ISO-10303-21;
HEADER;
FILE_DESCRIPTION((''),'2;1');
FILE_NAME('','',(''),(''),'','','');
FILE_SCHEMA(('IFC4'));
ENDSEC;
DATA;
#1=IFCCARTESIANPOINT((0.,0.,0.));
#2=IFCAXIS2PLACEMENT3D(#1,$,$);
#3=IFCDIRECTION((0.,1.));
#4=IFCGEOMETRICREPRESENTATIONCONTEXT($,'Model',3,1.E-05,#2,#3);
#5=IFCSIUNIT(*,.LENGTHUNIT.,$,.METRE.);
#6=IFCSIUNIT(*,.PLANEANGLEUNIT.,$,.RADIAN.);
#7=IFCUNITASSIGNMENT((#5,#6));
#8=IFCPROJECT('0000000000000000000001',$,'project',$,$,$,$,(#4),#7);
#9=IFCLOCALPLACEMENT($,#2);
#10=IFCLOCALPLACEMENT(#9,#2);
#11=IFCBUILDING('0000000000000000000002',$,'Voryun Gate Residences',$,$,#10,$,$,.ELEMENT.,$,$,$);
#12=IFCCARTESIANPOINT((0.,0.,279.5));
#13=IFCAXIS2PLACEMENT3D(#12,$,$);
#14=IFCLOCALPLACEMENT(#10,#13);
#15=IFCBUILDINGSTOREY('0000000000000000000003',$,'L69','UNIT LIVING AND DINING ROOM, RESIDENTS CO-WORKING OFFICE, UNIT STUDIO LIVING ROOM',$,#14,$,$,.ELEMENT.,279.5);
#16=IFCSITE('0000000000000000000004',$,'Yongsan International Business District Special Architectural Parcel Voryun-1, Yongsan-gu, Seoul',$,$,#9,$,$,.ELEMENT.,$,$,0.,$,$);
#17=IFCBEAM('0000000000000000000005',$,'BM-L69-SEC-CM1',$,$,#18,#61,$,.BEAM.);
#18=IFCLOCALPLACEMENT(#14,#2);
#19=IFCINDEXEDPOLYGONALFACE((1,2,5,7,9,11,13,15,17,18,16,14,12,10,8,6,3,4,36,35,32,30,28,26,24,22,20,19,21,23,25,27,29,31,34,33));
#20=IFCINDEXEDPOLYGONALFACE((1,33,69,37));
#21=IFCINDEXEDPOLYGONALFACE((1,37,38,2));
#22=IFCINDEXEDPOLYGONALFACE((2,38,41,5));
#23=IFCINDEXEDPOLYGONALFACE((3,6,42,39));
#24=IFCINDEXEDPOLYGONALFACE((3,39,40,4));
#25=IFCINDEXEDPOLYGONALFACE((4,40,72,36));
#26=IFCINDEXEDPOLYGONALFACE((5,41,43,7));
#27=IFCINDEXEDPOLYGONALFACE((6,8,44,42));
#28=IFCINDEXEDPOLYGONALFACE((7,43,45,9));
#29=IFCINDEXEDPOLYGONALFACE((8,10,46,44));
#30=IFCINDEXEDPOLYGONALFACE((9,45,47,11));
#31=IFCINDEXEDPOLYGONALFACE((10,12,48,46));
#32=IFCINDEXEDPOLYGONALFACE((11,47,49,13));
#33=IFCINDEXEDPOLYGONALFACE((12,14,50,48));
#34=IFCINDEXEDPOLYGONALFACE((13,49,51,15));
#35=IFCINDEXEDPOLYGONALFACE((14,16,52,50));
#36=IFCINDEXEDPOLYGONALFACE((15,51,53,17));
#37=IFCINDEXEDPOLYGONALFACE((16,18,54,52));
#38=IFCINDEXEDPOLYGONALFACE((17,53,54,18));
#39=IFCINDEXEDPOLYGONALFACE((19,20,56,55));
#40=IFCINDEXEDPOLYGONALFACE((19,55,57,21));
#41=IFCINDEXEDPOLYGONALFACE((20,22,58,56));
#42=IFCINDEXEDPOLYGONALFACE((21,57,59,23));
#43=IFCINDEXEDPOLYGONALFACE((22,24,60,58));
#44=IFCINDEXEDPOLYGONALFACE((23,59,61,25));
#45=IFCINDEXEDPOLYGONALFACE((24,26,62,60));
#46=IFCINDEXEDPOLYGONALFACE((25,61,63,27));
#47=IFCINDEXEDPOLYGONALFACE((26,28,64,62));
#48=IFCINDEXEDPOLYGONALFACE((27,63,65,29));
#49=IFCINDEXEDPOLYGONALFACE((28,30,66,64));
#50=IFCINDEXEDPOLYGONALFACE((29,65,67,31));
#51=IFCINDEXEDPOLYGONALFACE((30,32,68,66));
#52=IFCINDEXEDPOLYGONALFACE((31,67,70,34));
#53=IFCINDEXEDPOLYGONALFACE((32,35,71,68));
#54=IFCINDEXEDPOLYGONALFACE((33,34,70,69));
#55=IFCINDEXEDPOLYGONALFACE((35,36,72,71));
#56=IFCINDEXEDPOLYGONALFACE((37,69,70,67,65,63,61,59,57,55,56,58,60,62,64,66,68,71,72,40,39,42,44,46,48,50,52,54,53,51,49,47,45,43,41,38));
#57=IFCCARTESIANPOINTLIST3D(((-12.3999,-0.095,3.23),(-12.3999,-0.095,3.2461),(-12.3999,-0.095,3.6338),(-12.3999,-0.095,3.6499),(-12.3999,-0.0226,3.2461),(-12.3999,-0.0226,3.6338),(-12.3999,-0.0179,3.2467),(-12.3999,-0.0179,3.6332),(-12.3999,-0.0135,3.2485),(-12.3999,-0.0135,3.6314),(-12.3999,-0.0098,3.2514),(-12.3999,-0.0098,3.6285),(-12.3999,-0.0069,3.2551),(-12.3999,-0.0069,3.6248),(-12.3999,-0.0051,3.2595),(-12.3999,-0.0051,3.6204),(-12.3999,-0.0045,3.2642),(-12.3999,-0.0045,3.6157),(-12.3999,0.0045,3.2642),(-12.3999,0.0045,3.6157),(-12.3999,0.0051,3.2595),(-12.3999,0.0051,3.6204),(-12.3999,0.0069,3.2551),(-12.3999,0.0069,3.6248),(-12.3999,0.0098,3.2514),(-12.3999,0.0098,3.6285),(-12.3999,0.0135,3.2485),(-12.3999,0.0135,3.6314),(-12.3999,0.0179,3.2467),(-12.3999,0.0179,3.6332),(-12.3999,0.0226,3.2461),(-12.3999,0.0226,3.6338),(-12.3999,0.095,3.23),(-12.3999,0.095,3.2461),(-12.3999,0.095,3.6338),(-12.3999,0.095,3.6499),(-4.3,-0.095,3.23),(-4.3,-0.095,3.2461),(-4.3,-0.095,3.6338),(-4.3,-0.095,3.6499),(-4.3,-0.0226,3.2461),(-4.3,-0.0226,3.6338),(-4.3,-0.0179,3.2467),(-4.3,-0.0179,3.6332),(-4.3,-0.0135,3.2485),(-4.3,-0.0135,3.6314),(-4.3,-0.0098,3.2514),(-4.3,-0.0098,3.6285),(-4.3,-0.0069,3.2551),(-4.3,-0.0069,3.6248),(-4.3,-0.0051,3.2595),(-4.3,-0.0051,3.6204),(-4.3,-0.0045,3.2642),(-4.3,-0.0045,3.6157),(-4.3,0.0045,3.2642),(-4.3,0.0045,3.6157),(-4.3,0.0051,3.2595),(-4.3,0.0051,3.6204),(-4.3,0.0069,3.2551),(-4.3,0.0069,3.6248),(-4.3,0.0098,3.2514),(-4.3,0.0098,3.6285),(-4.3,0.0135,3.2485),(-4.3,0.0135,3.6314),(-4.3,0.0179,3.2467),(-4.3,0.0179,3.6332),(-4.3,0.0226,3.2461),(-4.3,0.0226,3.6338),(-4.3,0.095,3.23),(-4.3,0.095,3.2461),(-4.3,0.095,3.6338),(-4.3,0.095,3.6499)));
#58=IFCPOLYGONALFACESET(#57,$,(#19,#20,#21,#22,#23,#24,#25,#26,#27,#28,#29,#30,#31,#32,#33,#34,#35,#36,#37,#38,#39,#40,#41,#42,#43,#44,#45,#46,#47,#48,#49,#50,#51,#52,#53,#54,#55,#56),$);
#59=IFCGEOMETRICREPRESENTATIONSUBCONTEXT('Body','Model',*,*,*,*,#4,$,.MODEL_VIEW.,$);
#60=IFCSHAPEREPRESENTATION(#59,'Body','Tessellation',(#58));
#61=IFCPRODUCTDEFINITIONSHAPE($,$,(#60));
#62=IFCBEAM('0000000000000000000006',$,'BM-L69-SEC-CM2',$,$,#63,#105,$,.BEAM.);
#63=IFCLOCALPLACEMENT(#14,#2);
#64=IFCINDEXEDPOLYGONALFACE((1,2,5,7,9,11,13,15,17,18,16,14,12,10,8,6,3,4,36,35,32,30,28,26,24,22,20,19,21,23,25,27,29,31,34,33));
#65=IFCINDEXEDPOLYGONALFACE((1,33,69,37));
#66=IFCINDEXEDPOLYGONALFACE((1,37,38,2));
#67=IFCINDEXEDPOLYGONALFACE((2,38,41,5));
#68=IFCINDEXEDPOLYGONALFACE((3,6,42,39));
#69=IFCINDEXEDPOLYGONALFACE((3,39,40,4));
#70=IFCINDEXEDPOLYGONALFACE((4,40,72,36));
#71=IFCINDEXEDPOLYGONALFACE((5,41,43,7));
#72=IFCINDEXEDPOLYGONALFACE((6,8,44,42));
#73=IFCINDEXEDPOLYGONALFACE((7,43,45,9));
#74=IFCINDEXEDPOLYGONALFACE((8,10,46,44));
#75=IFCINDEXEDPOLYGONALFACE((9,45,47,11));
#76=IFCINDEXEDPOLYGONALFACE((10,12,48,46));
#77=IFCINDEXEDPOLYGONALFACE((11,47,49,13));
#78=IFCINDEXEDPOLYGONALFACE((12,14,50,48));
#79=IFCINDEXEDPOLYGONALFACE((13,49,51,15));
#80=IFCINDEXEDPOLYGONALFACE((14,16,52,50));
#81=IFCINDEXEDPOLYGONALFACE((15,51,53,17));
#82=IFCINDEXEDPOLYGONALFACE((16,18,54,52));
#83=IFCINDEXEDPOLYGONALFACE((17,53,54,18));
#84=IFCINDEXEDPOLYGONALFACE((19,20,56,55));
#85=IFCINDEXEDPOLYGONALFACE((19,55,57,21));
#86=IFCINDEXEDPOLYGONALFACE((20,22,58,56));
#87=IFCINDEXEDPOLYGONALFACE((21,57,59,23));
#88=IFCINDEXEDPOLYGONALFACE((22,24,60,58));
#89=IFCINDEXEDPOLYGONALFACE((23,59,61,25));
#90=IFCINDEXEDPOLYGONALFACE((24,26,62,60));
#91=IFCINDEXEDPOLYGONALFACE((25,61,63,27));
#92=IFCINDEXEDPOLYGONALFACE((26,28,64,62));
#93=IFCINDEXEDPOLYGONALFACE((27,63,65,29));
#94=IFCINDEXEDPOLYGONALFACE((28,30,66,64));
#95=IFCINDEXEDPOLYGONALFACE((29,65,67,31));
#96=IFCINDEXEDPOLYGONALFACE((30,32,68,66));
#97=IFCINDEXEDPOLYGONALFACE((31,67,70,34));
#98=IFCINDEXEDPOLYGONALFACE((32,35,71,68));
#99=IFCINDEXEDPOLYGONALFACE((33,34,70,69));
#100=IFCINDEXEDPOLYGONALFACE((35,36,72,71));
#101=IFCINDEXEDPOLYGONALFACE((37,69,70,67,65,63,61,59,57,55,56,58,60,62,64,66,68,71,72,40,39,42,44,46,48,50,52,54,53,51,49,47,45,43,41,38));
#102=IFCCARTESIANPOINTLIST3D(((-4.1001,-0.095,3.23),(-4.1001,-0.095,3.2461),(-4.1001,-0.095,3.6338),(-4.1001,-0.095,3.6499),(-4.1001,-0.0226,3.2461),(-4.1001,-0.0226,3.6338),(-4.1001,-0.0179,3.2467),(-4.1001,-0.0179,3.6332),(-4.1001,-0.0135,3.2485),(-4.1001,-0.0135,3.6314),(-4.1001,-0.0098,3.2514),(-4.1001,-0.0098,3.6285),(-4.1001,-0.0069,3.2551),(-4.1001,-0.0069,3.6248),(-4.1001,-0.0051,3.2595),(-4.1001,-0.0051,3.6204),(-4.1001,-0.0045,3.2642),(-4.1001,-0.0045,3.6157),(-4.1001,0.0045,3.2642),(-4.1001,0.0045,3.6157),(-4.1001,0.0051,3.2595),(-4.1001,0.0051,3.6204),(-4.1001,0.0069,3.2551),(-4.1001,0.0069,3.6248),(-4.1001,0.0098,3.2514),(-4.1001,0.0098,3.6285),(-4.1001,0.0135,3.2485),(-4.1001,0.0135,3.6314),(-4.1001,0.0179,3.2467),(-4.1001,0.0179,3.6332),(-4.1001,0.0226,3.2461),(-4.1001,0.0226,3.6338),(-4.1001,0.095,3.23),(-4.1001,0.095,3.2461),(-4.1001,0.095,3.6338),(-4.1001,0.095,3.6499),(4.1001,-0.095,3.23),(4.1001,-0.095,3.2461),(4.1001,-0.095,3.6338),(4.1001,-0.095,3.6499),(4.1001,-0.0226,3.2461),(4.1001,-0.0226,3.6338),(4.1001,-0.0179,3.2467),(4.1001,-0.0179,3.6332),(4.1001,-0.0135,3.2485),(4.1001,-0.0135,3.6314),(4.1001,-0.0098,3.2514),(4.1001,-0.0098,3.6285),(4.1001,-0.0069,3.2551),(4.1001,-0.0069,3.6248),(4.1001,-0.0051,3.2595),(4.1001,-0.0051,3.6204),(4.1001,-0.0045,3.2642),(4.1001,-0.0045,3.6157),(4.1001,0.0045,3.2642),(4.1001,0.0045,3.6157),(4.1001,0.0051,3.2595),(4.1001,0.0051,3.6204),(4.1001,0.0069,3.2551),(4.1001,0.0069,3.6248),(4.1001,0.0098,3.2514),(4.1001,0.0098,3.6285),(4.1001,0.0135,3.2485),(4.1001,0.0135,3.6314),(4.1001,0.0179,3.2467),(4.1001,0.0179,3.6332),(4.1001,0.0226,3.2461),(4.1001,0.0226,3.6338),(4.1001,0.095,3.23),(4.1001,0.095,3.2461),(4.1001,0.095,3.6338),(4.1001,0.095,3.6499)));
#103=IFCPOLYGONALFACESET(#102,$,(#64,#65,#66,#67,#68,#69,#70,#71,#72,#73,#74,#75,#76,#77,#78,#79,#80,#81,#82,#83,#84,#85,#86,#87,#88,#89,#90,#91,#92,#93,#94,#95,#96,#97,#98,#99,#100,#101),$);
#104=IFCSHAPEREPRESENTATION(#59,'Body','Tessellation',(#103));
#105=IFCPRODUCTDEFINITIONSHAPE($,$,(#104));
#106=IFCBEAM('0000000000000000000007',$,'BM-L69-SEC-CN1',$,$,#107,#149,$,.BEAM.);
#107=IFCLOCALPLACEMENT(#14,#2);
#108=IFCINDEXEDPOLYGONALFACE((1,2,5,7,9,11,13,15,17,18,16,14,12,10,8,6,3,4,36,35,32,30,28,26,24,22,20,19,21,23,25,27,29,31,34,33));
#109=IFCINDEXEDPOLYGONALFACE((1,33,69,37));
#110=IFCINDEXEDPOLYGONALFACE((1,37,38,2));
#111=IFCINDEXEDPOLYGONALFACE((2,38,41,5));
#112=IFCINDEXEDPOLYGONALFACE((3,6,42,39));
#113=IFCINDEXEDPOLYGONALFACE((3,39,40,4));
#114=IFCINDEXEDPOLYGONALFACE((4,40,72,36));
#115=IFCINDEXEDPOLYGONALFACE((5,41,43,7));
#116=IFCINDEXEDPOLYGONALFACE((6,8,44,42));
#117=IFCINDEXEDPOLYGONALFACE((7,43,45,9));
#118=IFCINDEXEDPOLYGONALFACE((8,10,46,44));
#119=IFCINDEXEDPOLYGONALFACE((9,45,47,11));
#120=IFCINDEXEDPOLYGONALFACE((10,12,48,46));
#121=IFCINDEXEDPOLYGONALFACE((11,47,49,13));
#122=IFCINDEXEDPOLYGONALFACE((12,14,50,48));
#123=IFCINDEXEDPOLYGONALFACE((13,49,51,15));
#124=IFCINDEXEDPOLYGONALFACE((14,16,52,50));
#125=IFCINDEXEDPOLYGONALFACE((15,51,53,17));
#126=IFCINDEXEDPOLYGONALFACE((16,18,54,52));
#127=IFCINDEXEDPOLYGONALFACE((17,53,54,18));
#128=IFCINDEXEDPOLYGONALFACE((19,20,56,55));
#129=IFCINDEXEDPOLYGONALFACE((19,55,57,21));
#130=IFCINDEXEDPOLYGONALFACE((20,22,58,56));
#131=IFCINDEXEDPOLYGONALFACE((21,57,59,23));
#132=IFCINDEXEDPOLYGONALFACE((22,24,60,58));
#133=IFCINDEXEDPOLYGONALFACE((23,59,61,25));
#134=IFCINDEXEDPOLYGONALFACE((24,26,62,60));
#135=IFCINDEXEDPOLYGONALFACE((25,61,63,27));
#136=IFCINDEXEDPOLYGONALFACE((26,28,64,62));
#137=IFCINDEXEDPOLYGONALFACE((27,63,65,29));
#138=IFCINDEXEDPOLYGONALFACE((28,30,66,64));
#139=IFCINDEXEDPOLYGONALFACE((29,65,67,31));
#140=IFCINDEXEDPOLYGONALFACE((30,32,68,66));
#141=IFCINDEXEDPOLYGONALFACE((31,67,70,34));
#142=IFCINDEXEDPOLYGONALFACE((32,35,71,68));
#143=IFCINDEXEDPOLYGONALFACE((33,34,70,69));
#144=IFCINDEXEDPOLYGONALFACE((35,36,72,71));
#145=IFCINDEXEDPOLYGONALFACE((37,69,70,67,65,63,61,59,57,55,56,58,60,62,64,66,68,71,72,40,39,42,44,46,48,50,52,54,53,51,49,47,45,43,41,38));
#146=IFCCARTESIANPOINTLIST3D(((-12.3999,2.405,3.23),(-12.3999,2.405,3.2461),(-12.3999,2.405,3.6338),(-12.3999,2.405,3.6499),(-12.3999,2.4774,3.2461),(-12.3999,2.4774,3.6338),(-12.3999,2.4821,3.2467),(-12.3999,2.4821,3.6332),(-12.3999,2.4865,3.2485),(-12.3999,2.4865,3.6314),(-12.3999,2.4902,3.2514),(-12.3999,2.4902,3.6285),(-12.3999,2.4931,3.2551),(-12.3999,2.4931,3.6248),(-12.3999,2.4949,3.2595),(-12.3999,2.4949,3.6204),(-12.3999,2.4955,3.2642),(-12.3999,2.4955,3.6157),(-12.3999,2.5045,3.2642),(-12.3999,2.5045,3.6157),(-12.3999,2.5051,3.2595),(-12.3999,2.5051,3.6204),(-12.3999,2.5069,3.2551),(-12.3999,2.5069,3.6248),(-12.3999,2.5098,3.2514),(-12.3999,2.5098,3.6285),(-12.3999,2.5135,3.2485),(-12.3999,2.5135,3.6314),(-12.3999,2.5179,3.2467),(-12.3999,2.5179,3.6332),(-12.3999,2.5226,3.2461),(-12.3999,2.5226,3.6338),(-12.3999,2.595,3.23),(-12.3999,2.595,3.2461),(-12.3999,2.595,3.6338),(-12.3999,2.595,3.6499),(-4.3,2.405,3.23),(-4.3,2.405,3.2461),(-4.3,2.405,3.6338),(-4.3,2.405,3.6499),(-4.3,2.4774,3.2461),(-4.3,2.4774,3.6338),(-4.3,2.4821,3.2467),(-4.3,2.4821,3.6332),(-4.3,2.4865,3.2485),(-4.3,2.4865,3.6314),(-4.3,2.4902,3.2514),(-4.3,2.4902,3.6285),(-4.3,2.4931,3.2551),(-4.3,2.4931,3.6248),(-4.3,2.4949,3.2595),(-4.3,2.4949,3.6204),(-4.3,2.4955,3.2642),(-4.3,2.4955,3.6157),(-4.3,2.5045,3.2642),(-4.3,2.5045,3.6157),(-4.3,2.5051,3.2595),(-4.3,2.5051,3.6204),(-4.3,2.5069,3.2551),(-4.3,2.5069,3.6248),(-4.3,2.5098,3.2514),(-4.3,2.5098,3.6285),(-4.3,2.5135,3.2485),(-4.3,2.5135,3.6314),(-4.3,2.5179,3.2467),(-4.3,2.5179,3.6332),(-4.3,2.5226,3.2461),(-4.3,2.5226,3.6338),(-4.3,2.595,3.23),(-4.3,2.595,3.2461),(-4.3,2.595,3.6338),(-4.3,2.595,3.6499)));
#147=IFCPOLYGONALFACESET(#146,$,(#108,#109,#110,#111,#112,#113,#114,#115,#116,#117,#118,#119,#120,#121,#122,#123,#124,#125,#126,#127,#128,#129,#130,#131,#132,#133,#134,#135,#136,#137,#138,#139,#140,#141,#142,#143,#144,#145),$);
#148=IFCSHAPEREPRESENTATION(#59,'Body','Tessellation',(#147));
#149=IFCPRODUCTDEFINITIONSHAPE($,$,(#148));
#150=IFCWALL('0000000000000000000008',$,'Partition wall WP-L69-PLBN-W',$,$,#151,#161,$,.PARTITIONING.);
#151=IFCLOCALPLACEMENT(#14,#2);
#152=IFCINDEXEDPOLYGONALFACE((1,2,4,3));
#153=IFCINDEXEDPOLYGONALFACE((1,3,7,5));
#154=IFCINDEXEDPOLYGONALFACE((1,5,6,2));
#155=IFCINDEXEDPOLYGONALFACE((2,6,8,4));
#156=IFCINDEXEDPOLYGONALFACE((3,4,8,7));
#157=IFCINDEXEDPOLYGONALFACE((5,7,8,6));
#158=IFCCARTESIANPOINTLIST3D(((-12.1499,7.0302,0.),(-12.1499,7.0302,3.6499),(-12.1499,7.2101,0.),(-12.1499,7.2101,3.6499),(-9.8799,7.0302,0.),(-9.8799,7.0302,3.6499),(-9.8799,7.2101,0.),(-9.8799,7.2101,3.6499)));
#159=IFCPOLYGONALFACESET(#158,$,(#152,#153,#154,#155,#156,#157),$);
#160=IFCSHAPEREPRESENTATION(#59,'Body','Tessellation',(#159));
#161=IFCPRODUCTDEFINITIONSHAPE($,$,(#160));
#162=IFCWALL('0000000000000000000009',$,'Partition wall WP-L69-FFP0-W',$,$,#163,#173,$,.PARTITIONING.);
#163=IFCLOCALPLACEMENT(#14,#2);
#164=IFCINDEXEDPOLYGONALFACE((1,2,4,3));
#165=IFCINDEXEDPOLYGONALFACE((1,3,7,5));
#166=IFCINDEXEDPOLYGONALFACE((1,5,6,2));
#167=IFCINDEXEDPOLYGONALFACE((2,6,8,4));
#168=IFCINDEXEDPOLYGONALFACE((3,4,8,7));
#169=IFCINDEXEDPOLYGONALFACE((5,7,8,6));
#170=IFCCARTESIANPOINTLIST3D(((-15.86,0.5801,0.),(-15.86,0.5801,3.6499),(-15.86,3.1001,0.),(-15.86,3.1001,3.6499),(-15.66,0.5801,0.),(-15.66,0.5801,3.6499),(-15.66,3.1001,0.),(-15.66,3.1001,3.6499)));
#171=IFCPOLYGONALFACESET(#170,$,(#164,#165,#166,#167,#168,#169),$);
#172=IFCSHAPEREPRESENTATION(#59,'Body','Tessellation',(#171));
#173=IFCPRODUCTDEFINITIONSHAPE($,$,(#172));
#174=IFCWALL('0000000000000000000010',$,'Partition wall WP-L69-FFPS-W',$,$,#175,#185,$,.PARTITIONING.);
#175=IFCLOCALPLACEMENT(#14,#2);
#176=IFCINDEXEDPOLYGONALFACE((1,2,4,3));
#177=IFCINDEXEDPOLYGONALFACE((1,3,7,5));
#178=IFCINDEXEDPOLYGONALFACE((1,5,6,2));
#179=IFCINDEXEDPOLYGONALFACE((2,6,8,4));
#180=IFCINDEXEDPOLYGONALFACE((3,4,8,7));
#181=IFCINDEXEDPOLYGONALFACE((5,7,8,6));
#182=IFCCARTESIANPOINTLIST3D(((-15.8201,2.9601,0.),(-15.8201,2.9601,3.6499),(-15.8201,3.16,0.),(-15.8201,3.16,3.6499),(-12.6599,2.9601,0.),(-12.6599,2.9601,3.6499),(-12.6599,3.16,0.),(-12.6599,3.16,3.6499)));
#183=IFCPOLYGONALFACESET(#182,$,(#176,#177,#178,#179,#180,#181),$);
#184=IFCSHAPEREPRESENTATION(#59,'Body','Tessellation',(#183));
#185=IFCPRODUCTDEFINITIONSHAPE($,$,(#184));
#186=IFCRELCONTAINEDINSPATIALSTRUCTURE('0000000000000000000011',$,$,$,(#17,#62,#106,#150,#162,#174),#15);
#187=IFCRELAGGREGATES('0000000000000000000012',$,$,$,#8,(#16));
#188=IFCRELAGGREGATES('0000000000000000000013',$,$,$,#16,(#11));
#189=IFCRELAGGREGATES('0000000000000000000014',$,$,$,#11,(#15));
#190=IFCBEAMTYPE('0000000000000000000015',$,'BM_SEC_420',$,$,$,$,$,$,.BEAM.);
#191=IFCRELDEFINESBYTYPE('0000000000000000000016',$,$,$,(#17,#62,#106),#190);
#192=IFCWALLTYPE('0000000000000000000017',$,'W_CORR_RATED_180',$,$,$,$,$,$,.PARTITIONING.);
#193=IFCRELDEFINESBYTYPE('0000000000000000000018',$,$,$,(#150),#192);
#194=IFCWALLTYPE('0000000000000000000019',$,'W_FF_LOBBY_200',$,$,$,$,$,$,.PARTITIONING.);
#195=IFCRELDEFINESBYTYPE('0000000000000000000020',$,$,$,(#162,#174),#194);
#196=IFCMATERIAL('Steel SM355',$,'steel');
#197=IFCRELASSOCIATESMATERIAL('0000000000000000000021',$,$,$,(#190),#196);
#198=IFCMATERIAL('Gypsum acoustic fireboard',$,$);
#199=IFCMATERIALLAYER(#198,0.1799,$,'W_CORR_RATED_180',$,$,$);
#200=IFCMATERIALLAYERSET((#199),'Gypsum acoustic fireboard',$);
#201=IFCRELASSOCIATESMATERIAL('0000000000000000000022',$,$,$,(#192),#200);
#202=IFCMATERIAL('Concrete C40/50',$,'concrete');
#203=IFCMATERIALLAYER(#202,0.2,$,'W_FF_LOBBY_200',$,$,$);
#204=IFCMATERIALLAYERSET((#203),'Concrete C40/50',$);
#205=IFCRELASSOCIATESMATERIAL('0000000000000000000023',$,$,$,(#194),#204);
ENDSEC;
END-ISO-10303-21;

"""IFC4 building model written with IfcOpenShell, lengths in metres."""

from ifc_helpers import new_model, si_unit, direction, frame, frame_2d, origin, origin_2d, place, context, subcontext, project, spatial, rectangle, i_section, extrude, material, layer, layer_set, material_profile, profile_set, type_object, element, save


model = new_model("IFC4")

# Units and contexts
model_context = context("Model", 3, precision=1e-05, world=origin(), true_north=direction((0.0, 1.0)))
body_context = subcontext(model_context, "Body", "Model", "MODEL_VIEW")
ifc_project = project(units=[si_unit("LENGTHUNIT", "METRE"), si_unit("PLANEANGLEUNIT", "RADIAN")], contexts=[model_context])

# Site, building, storey
site_placement = place(None, origin())
site = spatial("IfcSite", under=ifc_project, at=site_placement, Name="Yongsan International Business District Special Architectural Parcel Voryun-1, Yongsan-gu, Seoul", CompositionType="ELEMENT", RefElevation=0.0)
building_placement = place(site_placement, origin())
building = spatial("IfcBuilding", under=site, at=building_placement, Name="Voryun Gate Residences", CompositionType="ELEMENT")
storey_placement = place(building_placement, frame((0.0, 0.0, 279.5)))
storey = spatial("IfcBuildingStorey", under=building, at=storey_placement, Name="L69", Description="UNIT LIVING AND DINING ROOM, RESIDENTS CO-WORKING OFFICE, UNIT STUDIO LIVING ROOM", CompositionType="ELEMENT", Elevation=279.5)

# Beams
ifc_material_1 = material(Name="Steel SM355", Category="steel")
ifc_material_profile_1 = material_profile(ifc_material_1, i_section(OverallWidth=0.1899, OverallDepth=0.4199, WebThickness=0.009, FlangeThickness=0.0161, FilletRadius=0.0181, at=origin_2d()), Name="H-420x190x9x16")
ifc_profile_set_1 = profile_set([ifc_material_profile_1], Name="Steel SM355")
beam_type_1 = type_object("IfcBeamType", Name="BM_SEC_420", PredefinedType="BEAM", material=ifc_profile_set_1)
beam_1_placement = place(storey_placement, frame((-12.3999, 0.0, 3.4399), z_axis=(1.0, 0.0, 0.0), x_axis=(0.0, 1.0, 0.0)))
element("IfcBeam", 1, at=beam_1_placement, inside=storey, type_object=beam_type_1, Name="BM-L69-SEC-CM1", PredefinedType="BEAM", context=body_context, shape_type="SweptSolid", body=[
    extrude(i_section(OverallWidth=0.1899, OverallDepth=0.4199, WebThickness=0.009, FlangeThickness=0.0161, FilletRadius=0.0181, at=origin_2d()), origin(), (0.0, 0.0, 1.0), 8.0999),
])
beam_2_placement = place(storey_placement, frame((-4.1001, 0.0, 3.4399), z_axis=(1.0, 0.0, 0.0), x_axis=(0.0, 1.0, 0.0)))
element("IfcBeam", 2, at=beam_2_placement, inside=storey, type_object=beam_type_1, Name="BM-L69-SEC-CM2", PredefinedType="BEAM", context=body_context, shape_type="SweptSolid", body=[
    extrude(i_section(OverallWidth=0.1899, OverallDepth=0.4199, WebThickness=0.009, FlangeThickness=0.0161, FilletRadius=0.0181, at=origin_2d()), origin(), (0.0, 0.0, 1.0), 8.2002),
])
beam_3_placement = place(storey_placement, frame((-12.3999, 2.5, 3.4399), z_axis=(1.0, 0.0, 0.0), x_axis=(0.0, 1.0, 0.0)))
element("IfcBeam", 3, at=beam_3_placement, inside=storey, type_object=beam_type_1, Name="BM-L69-SEC-CN1", PredefinedType="BEAM", context=body_context, shape_type="SweptSolid", body=[
    extrude(i_section(OverallWidth=0.1899, OverallDepth=0.4199, WebThickness=0.009, FlangeThickness=0.0161, FilletRadius=0.0181, at=origin_2d()), origin(), (0.0, 0.0, 1.0), 8.0999),
])

# Walls
ifc_material_2 = material(Name="Gypsum acoustic fireboard")
ifc_layer_1 = layer(ifc_material_2, 0.1799, Name="W_CORR_RATED_180")
ifc_layer_set_1 = layer_set([ifc_layer_1], Name="Gypsum acoustic fireboard")
wall_type_1 = type_object("IfcWallType", Name="W_CORR_RATED_180", PredefinedType="PARTITIONING", material=ifc_layer_set_1)
wall_1_placement = place(storey_placement, frame((-12.1499, 7.1201, 0.0), z_axis=(0.0, 0.0, 1.0), x_axis=(1.0, 0.0, 0.0)))
element("IfcWall", 4, at=wall_1_placement, inside=storey, type_object=wall_type_1, Name="Partition wall WP-L69-PLBN-W", PredefinedType="PARTITIONING", context=body_context, shape_type="SweptSolid", body=[
    extrude(rectangle(XDim=2.27, YDim=0.1799, at=frame_2d((1.135, 0.0))), origin(), (0.0, 0.0, 1.0), 3.6499),
])
ifc_material_3 = material(Name="Concrete C40/50", Category="concrete")
ifc_layer_2 = layer(ifc_material_3, 0.2, Name="W_FF_LOBBY_200")
ifc_layer_set_2 = layer_set([ifc_layer_2], Name="Concrete C40/50")
wall_type_2 = type_object("IfcWallType", Name="W_FF_LOBBY_200", PredefinedType="PARTITIONING", material=ifc_layer_set_2)
wall_2_placement = place(storey_placement, frame((-15.76, 0.5801, 0.0), z_axis=(0.0, 0.0, 1.0), x_axis=(0.0, 1.0, 0.0)))
element("IfcWall", 5, at=wall_2_placement, inside=storey, type_object=wall_type_2, Name="Partition wall WP-L69-FFP0-W", PredefinedType="PARTITIONING", context=body_context, shape_type="SweptSolid", body=[
    extrude(rectangle(XDim=2.52, YDim=0.2, at=frame_2d((1.26, 0.0))), origin(), (0.0, 0.0, 1.0), 3.6499),
])
wall_3_placement = place(storey_placement, frame((-15.8201, 3.0601, 0.0), z_axis=(0.0, 0.0, 1.0), x_axis=(1.0, 0.0, 0.0)))
element("IfcWall", 6, at=wall_3_placement, inside=storey, type_object=wall_type_2, Name="Partition wall WP-L69-FFPS-W", PredefinedType="PARTITIONING", context=body_context, shape_type="SweptSolid", body=[
    extrude(rectangle(XDim=3.1602, YDim=0.2, at=frame_2d((1.5801, 0.0))), origin(), (0.0, 0.0, 1.0), 3.6499),
])

save(model, "model.ifc")
